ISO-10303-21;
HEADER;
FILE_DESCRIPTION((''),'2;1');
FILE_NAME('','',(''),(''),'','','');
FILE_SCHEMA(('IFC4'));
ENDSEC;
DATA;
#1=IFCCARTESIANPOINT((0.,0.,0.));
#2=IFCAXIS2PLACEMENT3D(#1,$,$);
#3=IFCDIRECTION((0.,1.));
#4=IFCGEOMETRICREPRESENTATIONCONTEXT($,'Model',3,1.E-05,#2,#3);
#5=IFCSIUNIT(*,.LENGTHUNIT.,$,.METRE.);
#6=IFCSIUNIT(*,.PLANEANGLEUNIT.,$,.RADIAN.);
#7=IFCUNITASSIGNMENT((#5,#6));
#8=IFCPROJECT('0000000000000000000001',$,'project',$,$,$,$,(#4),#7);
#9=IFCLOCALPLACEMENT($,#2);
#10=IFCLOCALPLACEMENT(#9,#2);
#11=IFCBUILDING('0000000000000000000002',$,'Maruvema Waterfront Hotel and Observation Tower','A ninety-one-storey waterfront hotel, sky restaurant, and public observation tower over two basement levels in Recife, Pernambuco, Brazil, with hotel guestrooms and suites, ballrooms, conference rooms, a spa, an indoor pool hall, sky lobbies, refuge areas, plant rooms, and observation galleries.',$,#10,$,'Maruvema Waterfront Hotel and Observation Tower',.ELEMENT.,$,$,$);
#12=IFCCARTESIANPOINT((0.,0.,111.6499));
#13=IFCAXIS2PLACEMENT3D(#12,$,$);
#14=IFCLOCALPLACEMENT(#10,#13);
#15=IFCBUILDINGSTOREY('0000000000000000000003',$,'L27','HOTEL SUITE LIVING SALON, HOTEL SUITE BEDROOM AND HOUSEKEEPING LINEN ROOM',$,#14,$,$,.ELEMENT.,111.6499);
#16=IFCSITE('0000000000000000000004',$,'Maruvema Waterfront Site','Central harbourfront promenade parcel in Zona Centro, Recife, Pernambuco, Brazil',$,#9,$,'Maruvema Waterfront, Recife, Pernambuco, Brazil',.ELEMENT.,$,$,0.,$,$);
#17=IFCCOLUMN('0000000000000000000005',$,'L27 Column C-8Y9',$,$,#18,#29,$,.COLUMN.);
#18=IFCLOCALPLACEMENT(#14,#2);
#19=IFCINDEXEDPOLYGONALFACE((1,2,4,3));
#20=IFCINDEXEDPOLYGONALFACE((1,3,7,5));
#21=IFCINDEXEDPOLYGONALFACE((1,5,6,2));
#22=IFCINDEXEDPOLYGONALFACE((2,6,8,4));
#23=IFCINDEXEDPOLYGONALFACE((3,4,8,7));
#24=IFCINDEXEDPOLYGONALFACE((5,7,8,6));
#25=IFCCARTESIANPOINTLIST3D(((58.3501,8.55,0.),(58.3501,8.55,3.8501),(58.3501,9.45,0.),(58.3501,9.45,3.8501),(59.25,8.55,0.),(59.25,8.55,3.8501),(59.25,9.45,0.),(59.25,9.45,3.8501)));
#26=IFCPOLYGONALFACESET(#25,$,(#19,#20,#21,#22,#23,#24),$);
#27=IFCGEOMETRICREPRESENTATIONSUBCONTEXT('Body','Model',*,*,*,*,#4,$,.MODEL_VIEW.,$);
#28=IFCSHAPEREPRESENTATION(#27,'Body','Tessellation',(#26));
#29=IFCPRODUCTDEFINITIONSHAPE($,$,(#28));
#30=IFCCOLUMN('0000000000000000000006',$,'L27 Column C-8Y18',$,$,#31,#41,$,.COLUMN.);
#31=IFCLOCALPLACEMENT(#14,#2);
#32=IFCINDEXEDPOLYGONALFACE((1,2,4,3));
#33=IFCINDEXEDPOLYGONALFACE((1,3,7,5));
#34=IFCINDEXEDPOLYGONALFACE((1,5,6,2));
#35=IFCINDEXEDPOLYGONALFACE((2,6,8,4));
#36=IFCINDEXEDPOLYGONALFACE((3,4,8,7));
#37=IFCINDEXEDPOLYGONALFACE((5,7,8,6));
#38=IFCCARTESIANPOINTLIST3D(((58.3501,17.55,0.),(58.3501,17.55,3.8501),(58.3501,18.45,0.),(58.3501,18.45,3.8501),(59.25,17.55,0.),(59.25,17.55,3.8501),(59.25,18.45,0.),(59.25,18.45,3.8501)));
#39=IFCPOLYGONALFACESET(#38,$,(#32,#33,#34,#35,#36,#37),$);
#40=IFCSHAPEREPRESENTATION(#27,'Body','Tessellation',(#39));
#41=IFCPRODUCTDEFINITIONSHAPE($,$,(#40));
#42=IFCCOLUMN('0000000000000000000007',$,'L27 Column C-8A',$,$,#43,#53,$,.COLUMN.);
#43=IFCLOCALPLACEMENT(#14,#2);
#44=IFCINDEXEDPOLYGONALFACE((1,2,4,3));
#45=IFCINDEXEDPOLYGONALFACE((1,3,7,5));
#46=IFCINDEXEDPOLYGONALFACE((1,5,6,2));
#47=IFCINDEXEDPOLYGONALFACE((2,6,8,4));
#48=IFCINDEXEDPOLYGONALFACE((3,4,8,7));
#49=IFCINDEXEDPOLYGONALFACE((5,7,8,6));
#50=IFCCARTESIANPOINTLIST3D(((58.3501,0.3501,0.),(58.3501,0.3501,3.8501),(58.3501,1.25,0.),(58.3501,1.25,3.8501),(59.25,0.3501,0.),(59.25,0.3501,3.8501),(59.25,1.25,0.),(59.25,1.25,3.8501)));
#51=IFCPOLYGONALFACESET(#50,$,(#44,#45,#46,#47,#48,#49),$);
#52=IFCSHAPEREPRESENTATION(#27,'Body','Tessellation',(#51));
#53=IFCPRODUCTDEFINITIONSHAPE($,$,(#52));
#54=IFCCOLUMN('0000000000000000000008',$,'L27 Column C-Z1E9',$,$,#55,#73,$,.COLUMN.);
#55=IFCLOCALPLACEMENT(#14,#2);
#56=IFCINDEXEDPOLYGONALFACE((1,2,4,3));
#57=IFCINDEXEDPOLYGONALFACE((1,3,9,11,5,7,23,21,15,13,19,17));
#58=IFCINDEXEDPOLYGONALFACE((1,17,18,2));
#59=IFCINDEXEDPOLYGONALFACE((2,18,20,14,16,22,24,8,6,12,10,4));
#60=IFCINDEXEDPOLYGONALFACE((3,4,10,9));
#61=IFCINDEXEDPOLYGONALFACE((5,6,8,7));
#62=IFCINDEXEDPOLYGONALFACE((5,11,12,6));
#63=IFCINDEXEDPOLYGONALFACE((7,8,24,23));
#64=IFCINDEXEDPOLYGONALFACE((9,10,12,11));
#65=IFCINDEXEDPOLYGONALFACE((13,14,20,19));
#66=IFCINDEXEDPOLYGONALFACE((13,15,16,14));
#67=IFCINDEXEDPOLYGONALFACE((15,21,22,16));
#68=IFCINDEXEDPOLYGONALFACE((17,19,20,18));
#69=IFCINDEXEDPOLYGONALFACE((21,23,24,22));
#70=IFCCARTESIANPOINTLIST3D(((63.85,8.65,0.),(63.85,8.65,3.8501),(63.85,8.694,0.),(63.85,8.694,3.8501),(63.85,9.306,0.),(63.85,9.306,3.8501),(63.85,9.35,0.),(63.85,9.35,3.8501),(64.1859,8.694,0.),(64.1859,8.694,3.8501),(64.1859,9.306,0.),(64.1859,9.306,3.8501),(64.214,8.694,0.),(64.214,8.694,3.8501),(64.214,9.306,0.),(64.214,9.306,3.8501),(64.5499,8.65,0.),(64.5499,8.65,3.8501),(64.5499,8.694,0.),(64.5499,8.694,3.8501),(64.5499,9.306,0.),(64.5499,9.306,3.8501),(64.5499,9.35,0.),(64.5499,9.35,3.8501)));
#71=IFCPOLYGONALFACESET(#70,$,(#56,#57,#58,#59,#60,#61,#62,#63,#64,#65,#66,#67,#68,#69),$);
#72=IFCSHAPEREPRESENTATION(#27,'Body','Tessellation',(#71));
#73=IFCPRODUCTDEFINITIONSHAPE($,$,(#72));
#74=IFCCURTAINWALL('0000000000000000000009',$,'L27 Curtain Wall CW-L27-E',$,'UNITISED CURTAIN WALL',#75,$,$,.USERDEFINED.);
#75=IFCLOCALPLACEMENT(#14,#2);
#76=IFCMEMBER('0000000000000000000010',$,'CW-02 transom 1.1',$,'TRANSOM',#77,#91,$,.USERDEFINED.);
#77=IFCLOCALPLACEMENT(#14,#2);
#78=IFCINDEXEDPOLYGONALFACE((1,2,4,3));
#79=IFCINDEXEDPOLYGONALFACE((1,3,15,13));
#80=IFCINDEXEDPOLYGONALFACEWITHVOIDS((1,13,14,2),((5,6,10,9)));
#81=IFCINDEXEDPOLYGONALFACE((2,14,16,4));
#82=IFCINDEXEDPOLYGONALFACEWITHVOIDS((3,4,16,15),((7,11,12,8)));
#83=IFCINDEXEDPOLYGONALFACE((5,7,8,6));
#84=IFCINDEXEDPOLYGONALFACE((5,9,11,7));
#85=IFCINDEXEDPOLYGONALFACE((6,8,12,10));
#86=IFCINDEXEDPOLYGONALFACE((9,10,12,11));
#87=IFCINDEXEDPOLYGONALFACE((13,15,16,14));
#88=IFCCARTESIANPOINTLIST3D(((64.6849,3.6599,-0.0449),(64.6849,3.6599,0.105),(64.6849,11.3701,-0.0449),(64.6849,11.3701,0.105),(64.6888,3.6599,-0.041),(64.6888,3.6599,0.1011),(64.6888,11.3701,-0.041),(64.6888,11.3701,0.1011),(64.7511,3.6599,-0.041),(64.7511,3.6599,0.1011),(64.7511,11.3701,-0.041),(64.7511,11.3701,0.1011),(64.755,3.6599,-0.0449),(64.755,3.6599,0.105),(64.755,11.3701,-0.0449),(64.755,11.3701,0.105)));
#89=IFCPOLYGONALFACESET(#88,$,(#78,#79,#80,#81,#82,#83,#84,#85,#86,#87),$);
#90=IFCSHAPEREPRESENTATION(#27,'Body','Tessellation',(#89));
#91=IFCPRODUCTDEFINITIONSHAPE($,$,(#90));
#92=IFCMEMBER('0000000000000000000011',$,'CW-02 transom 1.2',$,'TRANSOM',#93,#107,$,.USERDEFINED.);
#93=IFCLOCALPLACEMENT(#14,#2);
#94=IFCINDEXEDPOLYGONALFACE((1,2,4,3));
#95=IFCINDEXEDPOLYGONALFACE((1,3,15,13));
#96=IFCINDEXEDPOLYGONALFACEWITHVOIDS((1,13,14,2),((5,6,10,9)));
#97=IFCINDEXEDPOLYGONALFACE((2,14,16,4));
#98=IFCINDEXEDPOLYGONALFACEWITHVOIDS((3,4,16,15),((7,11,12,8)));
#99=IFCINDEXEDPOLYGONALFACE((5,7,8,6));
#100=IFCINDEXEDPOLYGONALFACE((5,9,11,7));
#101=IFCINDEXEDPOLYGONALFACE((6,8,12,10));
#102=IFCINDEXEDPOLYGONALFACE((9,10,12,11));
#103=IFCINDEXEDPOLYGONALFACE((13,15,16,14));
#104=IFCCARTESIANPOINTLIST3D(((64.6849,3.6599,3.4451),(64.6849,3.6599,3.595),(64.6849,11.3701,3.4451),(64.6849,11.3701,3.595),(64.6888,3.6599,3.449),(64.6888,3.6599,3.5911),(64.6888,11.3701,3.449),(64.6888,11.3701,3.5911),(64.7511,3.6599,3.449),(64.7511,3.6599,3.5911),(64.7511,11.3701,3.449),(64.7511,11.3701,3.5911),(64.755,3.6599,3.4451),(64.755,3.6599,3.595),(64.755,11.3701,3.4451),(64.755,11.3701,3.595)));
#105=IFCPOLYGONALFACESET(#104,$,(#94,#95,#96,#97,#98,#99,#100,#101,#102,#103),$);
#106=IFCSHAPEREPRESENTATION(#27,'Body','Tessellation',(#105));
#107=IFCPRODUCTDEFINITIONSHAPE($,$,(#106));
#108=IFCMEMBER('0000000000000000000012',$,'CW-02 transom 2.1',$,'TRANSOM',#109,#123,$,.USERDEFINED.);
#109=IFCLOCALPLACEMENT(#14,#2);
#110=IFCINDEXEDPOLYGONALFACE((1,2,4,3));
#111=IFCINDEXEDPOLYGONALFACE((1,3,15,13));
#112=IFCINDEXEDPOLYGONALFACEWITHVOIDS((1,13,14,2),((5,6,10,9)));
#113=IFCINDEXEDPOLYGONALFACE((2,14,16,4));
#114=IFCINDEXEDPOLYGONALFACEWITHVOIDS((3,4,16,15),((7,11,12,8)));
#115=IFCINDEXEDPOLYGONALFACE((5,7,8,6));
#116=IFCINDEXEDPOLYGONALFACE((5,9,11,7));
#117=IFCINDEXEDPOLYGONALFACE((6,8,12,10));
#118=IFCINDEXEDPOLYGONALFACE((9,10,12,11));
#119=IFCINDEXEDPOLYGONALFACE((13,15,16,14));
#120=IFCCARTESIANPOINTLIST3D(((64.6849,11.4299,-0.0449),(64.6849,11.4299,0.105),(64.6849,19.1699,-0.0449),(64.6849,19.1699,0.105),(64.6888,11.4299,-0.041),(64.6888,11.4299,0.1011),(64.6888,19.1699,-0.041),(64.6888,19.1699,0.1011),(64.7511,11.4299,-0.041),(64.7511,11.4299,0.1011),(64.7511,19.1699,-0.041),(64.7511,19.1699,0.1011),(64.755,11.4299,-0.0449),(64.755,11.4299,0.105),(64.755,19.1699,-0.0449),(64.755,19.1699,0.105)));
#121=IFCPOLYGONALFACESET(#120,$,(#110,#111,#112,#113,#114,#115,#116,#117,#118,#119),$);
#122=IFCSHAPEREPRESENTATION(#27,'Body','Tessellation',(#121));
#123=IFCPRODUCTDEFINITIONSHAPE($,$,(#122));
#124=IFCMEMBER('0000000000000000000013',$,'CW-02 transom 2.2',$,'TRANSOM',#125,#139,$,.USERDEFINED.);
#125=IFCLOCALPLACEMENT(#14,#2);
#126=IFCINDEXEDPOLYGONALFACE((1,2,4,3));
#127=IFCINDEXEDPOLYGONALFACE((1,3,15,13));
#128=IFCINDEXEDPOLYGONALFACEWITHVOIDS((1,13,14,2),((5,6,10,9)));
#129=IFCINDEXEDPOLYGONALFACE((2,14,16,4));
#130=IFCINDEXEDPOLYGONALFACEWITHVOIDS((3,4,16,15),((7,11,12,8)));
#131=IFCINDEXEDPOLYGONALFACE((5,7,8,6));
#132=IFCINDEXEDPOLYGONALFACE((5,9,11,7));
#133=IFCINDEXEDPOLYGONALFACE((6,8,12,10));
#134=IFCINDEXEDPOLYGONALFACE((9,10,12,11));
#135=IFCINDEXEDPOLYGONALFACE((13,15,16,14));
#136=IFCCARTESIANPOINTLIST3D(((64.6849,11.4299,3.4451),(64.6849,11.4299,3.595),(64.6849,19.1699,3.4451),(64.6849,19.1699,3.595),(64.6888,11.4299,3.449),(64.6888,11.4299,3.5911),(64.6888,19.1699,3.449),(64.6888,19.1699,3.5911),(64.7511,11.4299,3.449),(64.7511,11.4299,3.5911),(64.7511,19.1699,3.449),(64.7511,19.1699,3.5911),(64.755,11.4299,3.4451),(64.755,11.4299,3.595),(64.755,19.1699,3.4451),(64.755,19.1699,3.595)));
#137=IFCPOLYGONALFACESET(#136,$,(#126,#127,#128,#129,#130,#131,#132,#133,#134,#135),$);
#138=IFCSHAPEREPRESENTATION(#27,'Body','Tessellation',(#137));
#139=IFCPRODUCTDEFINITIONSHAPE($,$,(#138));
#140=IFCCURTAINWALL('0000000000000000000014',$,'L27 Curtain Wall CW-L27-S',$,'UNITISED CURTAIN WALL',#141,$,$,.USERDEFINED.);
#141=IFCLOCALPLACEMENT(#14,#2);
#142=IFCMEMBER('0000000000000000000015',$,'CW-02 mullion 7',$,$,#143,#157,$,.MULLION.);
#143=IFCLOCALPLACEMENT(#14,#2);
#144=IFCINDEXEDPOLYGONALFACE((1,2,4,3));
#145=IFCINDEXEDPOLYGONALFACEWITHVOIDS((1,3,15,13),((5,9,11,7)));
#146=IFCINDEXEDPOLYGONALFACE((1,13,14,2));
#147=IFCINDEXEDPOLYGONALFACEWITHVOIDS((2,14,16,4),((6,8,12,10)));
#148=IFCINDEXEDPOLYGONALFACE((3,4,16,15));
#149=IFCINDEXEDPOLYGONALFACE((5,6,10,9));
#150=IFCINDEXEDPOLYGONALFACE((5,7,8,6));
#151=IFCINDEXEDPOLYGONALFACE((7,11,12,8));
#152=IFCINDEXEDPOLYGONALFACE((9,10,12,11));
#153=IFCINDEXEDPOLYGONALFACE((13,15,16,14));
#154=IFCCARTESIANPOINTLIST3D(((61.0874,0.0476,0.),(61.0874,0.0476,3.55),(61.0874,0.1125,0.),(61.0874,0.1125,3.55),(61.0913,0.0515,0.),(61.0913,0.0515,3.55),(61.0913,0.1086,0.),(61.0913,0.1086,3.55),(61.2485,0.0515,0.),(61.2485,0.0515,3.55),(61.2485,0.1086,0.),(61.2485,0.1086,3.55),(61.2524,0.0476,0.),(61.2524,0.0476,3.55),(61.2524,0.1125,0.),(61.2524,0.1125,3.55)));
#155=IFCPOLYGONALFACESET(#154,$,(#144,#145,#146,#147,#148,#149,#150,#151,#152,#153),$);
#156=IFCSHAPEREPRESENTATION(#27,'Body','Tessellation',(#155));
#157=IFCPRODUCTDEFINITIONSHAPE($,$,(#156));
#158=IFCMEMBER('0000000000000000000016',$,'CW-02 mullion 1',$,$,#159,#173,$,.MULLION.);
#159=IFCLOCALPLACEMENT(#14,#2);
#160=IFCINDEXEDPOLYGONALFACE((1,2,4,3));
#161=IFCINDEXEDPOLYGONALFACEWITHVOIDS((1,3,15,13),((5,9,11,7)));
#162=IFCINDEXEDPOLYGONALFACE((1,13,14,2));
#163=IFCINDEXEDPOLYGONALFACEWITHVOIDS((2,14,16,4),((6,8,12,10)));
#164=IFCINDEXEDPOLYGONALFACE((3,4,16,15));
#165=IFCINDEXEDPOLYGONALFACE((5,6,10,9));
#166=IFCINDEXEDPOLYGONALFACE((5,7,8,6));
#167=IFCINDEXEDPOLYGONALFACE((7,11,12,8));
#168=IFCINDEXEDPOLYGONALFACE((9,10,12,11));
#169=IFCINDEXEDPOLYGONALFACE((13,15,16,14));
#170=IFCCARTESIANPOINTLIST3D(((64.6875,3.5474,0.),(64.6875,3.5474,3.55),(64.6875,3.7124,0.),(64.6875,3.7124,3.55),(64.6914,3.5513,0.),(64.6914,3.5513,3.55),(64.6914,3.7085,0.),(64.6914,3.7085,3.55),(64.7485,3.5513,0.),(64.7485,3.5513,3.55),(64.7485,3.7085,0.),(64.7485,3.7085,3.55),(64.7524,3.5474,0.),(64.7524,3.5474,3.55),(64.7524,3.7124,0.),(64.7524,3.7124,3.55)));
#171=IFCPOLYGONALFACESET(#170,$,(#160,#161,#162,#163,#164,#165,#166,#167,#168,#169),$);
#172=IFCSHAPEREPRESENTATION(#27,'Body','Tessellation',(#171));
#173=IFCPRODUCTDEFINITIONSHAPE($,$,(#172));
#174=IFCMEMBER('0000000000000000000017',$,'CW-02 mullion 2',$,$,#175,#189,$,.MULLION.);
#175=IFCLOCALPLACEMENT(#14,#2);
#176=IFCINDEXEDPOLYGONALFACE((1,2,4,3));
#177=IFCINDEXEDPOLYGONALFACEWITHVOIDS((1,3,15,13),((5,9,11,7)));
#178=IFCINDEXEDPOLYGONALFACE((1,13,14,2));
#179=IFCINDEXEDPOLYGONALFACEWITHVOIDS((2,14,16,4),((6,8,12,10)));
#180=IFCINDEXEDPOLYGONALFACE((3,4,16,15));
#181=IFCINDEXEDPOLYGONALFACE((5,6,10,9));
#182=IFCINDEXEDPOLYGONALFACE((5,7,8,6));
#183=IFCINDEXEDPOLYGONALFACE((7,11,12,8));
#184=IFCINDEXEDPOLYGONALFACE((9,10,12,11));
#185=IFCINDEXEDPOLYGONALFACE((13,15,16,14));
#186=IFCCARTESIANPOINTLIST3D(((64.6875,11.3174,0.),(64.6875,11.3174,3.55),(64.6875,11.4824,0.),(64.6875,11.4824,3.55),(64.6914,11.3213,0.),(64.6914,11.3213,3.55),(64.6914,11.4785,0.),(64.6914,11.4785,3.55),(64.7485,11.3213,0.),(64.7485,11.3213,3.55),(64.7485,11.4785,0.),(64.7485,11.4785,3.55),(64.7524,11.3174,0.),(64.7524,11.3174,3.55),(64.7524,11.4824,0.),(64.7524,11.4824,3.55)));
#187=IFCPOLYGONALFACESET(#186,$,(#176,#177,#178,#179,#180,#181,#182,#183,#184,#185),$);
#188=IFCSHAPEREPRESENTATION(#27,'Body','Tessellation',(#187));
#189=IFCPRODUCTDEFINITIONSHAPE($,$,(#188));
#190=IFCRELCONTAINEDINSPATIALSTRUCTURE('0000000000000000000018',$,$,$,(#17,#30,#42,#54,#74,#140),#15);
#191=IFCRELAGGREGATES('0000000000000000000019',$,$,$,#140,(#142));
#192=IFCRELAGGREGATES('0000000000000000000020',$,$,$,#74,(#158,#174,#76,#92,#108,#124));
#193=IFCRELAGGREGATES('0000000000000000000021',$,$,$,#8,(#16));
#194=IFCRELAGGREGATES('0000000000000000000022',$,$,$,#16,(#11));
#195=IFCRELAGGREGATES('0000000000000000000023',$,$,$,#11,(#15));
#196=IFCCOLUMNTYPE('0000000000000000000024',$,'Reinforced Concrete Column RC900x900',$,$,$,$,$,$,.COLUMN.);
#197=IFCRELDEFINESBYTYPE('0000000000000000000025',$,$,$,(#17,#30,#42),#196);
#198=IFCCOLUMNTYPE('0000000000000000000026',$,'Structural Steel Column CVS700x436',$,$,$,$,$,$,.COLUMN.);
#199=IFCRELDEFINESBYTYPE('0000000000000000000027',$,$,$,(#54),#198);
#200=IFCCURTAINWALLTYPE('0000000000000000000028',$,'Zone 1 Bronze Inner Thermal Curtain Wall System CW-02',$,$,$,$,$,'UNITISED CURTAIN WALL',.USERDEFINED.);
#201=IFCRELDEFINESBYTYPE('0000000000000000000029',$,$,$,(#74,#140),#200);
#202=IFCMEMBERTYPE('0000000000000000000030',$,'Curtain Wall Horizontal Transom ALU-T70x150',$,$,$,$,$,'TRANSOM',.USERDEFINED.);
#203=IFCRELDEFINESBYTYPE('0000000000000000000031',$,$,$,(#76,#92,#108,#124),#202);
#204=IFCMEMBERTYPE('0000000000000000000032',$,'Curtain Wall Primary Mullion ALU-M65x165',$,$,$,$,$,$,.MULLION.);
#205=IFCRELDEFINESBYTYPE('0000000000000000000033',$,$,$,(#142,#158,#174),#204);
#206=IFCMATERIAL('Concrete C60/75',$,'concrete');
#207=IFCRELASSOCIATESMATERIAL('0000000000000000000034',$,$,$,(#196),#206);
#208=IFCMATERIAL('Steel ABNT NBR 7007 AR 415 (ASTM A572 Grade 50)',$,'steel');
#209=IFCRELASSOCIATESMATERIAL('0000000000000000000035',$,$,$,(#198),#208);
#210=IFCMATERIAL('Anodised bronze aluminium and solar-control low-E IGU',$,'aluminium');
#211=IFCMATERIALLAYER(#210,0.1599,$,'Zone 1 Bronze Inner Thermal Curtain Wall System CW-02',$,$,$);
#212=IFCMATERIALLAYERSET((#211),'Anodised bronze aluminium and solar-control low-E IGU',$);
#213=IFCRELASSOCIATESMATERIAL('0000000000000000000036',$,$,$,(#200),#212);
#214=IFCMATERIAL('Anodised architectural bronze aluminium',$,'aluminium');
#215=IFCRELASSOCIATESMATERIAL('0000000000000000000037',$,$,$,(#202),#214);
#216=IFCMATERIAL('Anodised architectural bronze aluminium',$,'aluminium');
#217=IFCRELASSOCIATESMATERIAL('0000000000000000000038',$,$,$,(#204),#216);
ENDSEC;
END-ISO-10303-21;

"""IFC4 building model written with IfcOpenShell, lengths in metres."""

from ifc_helpers import new_model, si_unit, direction, frame, origin, origin_2d, place, context, subcontext, project, spatial, rectangle, hollow_rectangle, i_section, extrude, material, layer, layer_set, material_profile, profile_set, type_object, element, aggregate, save


model = new_model("IFC4")

# Units and contexts
model_context = context("Model", 3, precision=1e-05, world=origin(), true_north=direction((0.0, 1.0)))
body_context = subcontext(model_context, "Body", "Model", "MODEL_VIEW")
ifc_project = project(units=[si_unit("LENGTHUNIT", "METRE"), si_unit("PLANEANGLEUNIT", "RADIAN")], contexts=[model_context])

# Site, building, storey
site_placement = place(None, origin())
site = spatial("IfcSite", under=ifc_project, at=site_placement, Name="Maruvema Waterfront Site", Description="Central harbourfront promenade parcel in Zona Centro, Recife, Pernambuco, Brazil", LongName="Maruvema Waterfront, Recife, Pernambuco, Brazil", CompositionType="ELEMENT", RefElevation=0.0)
building_placement = place(site_placement, origin())
building = spatial("IfcBuilding", under=site, at=building_placement, Name="Maruvema Waterfront Hotel and Observation Tower", Description="A ninety-one-storey waterfront hotel, sky restaurant, and public observation tower over two basement levels in Recife, Pernambuco, Brazil, with hotel guestrooms and suites, ballrooms, conference rooms, a spa, an indoor pool hall, sky lobbies, refuge areas, plant rooms, and observation galleries.", LongName="Maruvema Waterfront Hotel and Observation Tower", CompositionType="ELEMENT")
storey_placement = place(building_placement, frame((0.0, 0.0, 111.6499)))
storey = spatial("IfcBuildingStorey", under=building, at=storey_placement, Name="L27", Description="HOTEL SUITE LIVING SALON, HOTEL SUITE BEDROOM AND HOUSEKEEPING LINEN ROOM", CompositionType="ELEMENT", Elevation=111.6499)

# Columns
ifc_material_1 = material(Name="Concrete C60/75", Category="concrete")
ifc_material_profile_1 = material_profile(ifc_material_1, rectangle(XDim=0.8999, YDim=0.8999, at=origin_2d()), Name="RC900x900")
ifc_profile_set_1 = profile_set([ifc_material_profile_1], Name="Concrete C60/75")
column_type_1 = type_object("IfcColumnType", Name="Reinforced Concrete Column RC900x900", PredefinedType="COLUMN", material=ifc_profile_set_1)
for number, where, z_axis, x_axis, name in (
    (1, (58.8, 9.0, 0.0), (0.0, 0.0, 1.0), (1.0, 0.0, 0.0), "L27 Column C-8Y9"),
    (2, (58.8, 18.0, 0.0), (0.0, 0.0, 1.0), (1.0, 0.0, 0.0), "L27 Column C-8Y18"),
    (3, (58.8, 0.8, 0.0), (0.0, 0.0, 1.0), (1.0, 0.0, 0.0), "L27 Column C-8A"),
):
    element("IfcColumn", number, at=place(storey_placement, frame(where, z_axis=z_axis, x_axis=x_axis)), inside=storey, type_object=column_type_1, Name=name, PredefinedType="COLUMN", context=body_context, shape_type="SweptSolid", body=[
        extrude(rectangle(XDim=0.8999, YDim=0.8999, at=origin_2d()), origin(), (0.0, 0.0, 1.0), 3.8501),
    ])
ifc_material_2 = material(Name="Steel ABNT NBR 7007 AR 415 (ASTM A572 Grade 50)", Category="steel")
ifc_material_profile_2 = material_profile(ifc_material_2, i_section(OverallWidth=0.7, OverallDepth=0.7, WebThickness=0.0281, FlangeThickness=0.0439, at=origin_2d()), Name="CVS700x436")
ifc_profile_set_2 = profile_set([ifc_material_profile_2], Name="Steel ABNT NBR 7007 AR 415 (ASTM A572 Grade 50)")
column_type_2 = type_object("IfcColumnType", Name="Structural Steel Column CVS700x436", PredefinedType="COLUMN", material=ifc_profile_set_2)
column_placement = place(storey_placement, frame((64.2, 9.0, 0.0), z_axis=(0.0, 0.0, 1.0), x_axis=(1.0, 0.0, 0.0)))
element("IfcColumn", 4, at=column_placement, inside=storey, type_object=column_type_2, Name="L27 Column C-Z1E9", PredefinedType="COLUMN", context=body_context, shape_type="SweptSolid", body=[
    extrude(i_section(OverallWidth=0.7, OverallDepth=0.7, WebThickness=0.0281, FlangeThickness=0.0439, at=origin_2d()), origin(), (0.0, 0.0, 1.0), 3.8501),
])

# Curtain wall, members
ifc_material_3 = material(Name="Anodised bronze aluminium and solar-control low-E IGU", Category="aluminium")
ifc_layer_1 = layer(ifc_material_3, 0.1599, Name="Zone 1 Bronze Inner Thermal Curtain Wall System CW-02")
ifc_layer_set_1 = layer_set([ifc_layer_1], Name="Anodised bronze aluminium and solar-control low-E IGU")
curtain_wall_type = type_object("IfcCurtainWallType", Name="Zone 1 Bronze Inner Thermal Curtain Wall System CW-02", ElementType="UNITISED CURTAIN WALL", PredefinedType="USERDEFINED", material=ifc_layer_set_1)
curtain_wall_1_placement = place(storey_placement, origin())
curtain_wall_1 = element("IfcCurtainWall", 5, at=curtain_wall_1_placement, inside=storey, type_object=curtain_wall_type, Name="L27 Curtain Wall CW-L27-E", ObjectType="UNITISED CURTAIN WALL", PredefinedType="USERDEFINED")
ifc_material_4 = material(Name="Anodised architectural bronze aluminium", Category="aluminium")
ifc_material_profile_3 = material_profile(ifc_material_4, hollow_rectangle(XDim=0.0701, YDim=0.1499, WallThickness=0.0039, at=origin_2d()), Name="ALU-T70x150")
ifc_profile_set_3 = profile_set([ifc_material_profile_3], Name="Anodised architectural bronze aluminium")
member_type_1 = type_object("IfcMemberType", Name="Curtain Wall Horizontal Transom ALU-T70x150", ElementType="TRANSOM", PredefinedType="USERDEFINED", material=ifc_profile_set_3)
member_1_placement = place(storey_placement, frame((64.72, 3.6599, 0.03), z_axis=(0.0, 1.0, 0.0), x_axis=(-1.0, 0.0, 0.0)))
member_1 = element("IfcMember", 6, at=member_1_placement, type_object=member_type_1, Name="CW-02 transom 1.1", ObjectType="TRANSOM", PredefinedType="USERDEFINED", context=body_context, shape_type="SweptSolid", body=[
    extrude(hollow_rectangle(XDim=0.0701, YDim=0.1499, WallThickness=0.0039, at=origin_2d()), origin(), (0.0, 0.0, 1.0), 7.7102),
])
member_2_placement = place(storey_placement, frame((64.72, 3.6599, 3.52), z_axis=(0.0, 1.0, 0.0), x_axis=(-1.0, 0.0, 0.0)))
member_2 = element("IfcMember", 7, at=member_2_placement, type_object=member_type_1, Name="CW-02 transom 1.2", ObjectType="TRANSOM", PredefinedType="USERDEFINED", context=body_context, shape_type="SweptSolid", body=[
    extrude(hollow_rectangle(XDim=0.0701, YDim=0.1499, WallThickness=0.0039, at=origin_2d()), origin(), (0.0, 0.0, 1.0), 7.7102),
])
member_3_placement = place(storey_placement, frame((64.72, 11.4299, 0.03), z_axis=(0.0, 1.0, 0.0), x_axis=(-1.0, 0.0, 0.0)))
member_3 = element("IfcMember", 8, at=member_3_placement, type_object=member_type_1, Name="CW-02 transom 2.1", ObjectType="TRANSOM", PredefinedType="USERDEFINED", context=body_context, shape_type="SweptSolid", body=[
    extrude(hollow_rectangle(XDim=0.0701, YDim=0.1499, WallThickness=0.0039, at=origin_2d()), origin(), (0.0, 0.0, 1.0), 7.74),
])
member_4_placement = place(storey_placement, frame((64.72, 11.4299, 3.52), z_axis=(0.0, 1.0, 0.0), x_axis=(-1.0, 0.0, 0.0)))
member_4 = element("IfcMember", 9, at=member_4_placement, type_object=member_type_1, Name="CW-02 transom 2.2", ObjectType="TRANSOM", PredefinedType="USERDEFINED", context=body_context, shape_type="SweptSolid", body=[
    extrude(hollow_rectangle(XDim=0.0701, YDim=0.1499, WallThickness=0.0039, at=origin_2d()), origin(), (0.0, 0.0, 1.0), 7.74),
])

# Curtain wall, member
curtain_wall_2_placement = place(storey_placement, origin())
curtain_wall_2 = element("IfcCurtainWall", 10, at=curtain_wall_2_placement, inside=storey, type_object=curtain_wall_type, Name="L27 Curtain Wall CW-L27-S", ObjectType="UNITISED CURTAIN WALL", PredefinedType="USERDEFINED")
ifc_material_5 = material(Name="Anodised architectural bronze aluminium", Category="aluminium")
ifc_material_profile_4 = material_profile(ifc_material_5, hollow_rectangle(XDim=0.0649, YDim=0.165, WallThickness=0.0039, at=origin_2d()), Name="ALU-M65x165")
ifc_profile_set_4 = profile_set([ifc_material_profile_4], Name="Anodised architectural bronze aluminium")
member_type_2 = type_object("IfcMemberType", Name="Curtain Wall Primary Mullion ALU-M65x165", PredefinedType="MULLION", material=ifc_profile_set_4)
member_5_placement = place(storey_placement, frame((61.1699, 0.0801, 0.0), z_axis=(0.0, 0.0, 1.0), x_axis=(0.0, 1.0, 0.0)))
member_5 = element("IfcMember", 11, at=member_5_placement, type_object=member_type_2, Name="CW-02 mullion 7", PredefinedType="MULLION", context=body_context, shape_type="SweptSolid", body=[
    extrude(hollow_rectangle(XDim=0.0649, YDim=0.165, WallThickness=0.0039, at=origin_2d()), origin(), (0.0, 0.0, 1.0), 3.55),
])

# Members
member_6_placement = place(storey_placement, frame((64.72, 3.6299, 0.0), z_axis=(0.0, 0.0, 1.0), x_axis=(-1.0, 0.0, 0.0)))
member_6 = element("IfcMember", 12, at=member_6_placement, type_object=member_type_2, Name="CW-02 mullion 1", PredefinedType="MULLION", context=body_context, shape_type="SweptSolid", body=[
    extrude(hollow_rectangle(XDim=0.0649, YDim=0.165, WallThickness=0.0039, at=origin_2d()), origin(), (0.0, 0.0, 1.0), 3.55),
])
member_7_placement = place(storey_placement, frame((64.72, 11.3999, 0.0), z_axis=(0.0, 0.0, 1.0), x_axis=(-1.0, 0.0, 0.0)))
member_7 = element("IfcMember", 13, at=member_7_placement, type_object=member_type_2, Name="CW-02 mullion 2", PredefinedType="MULLION", context=body_context, shape_type="SweptSolid", body=[
    extrude(hollow_rectangle(XDim=0.0649, YDim=0.165, WallThickness=0.0039, at=origin_2d()), origin(), (0.0, 0.0, 1.0), 3.55),
])

aggregate(curtain_wall_2, [member_5])
aggregate(curtain_wall_1, [member_6, member_7, member_1, member_2, member_3, member_4])

save(model, "model.ifc")
